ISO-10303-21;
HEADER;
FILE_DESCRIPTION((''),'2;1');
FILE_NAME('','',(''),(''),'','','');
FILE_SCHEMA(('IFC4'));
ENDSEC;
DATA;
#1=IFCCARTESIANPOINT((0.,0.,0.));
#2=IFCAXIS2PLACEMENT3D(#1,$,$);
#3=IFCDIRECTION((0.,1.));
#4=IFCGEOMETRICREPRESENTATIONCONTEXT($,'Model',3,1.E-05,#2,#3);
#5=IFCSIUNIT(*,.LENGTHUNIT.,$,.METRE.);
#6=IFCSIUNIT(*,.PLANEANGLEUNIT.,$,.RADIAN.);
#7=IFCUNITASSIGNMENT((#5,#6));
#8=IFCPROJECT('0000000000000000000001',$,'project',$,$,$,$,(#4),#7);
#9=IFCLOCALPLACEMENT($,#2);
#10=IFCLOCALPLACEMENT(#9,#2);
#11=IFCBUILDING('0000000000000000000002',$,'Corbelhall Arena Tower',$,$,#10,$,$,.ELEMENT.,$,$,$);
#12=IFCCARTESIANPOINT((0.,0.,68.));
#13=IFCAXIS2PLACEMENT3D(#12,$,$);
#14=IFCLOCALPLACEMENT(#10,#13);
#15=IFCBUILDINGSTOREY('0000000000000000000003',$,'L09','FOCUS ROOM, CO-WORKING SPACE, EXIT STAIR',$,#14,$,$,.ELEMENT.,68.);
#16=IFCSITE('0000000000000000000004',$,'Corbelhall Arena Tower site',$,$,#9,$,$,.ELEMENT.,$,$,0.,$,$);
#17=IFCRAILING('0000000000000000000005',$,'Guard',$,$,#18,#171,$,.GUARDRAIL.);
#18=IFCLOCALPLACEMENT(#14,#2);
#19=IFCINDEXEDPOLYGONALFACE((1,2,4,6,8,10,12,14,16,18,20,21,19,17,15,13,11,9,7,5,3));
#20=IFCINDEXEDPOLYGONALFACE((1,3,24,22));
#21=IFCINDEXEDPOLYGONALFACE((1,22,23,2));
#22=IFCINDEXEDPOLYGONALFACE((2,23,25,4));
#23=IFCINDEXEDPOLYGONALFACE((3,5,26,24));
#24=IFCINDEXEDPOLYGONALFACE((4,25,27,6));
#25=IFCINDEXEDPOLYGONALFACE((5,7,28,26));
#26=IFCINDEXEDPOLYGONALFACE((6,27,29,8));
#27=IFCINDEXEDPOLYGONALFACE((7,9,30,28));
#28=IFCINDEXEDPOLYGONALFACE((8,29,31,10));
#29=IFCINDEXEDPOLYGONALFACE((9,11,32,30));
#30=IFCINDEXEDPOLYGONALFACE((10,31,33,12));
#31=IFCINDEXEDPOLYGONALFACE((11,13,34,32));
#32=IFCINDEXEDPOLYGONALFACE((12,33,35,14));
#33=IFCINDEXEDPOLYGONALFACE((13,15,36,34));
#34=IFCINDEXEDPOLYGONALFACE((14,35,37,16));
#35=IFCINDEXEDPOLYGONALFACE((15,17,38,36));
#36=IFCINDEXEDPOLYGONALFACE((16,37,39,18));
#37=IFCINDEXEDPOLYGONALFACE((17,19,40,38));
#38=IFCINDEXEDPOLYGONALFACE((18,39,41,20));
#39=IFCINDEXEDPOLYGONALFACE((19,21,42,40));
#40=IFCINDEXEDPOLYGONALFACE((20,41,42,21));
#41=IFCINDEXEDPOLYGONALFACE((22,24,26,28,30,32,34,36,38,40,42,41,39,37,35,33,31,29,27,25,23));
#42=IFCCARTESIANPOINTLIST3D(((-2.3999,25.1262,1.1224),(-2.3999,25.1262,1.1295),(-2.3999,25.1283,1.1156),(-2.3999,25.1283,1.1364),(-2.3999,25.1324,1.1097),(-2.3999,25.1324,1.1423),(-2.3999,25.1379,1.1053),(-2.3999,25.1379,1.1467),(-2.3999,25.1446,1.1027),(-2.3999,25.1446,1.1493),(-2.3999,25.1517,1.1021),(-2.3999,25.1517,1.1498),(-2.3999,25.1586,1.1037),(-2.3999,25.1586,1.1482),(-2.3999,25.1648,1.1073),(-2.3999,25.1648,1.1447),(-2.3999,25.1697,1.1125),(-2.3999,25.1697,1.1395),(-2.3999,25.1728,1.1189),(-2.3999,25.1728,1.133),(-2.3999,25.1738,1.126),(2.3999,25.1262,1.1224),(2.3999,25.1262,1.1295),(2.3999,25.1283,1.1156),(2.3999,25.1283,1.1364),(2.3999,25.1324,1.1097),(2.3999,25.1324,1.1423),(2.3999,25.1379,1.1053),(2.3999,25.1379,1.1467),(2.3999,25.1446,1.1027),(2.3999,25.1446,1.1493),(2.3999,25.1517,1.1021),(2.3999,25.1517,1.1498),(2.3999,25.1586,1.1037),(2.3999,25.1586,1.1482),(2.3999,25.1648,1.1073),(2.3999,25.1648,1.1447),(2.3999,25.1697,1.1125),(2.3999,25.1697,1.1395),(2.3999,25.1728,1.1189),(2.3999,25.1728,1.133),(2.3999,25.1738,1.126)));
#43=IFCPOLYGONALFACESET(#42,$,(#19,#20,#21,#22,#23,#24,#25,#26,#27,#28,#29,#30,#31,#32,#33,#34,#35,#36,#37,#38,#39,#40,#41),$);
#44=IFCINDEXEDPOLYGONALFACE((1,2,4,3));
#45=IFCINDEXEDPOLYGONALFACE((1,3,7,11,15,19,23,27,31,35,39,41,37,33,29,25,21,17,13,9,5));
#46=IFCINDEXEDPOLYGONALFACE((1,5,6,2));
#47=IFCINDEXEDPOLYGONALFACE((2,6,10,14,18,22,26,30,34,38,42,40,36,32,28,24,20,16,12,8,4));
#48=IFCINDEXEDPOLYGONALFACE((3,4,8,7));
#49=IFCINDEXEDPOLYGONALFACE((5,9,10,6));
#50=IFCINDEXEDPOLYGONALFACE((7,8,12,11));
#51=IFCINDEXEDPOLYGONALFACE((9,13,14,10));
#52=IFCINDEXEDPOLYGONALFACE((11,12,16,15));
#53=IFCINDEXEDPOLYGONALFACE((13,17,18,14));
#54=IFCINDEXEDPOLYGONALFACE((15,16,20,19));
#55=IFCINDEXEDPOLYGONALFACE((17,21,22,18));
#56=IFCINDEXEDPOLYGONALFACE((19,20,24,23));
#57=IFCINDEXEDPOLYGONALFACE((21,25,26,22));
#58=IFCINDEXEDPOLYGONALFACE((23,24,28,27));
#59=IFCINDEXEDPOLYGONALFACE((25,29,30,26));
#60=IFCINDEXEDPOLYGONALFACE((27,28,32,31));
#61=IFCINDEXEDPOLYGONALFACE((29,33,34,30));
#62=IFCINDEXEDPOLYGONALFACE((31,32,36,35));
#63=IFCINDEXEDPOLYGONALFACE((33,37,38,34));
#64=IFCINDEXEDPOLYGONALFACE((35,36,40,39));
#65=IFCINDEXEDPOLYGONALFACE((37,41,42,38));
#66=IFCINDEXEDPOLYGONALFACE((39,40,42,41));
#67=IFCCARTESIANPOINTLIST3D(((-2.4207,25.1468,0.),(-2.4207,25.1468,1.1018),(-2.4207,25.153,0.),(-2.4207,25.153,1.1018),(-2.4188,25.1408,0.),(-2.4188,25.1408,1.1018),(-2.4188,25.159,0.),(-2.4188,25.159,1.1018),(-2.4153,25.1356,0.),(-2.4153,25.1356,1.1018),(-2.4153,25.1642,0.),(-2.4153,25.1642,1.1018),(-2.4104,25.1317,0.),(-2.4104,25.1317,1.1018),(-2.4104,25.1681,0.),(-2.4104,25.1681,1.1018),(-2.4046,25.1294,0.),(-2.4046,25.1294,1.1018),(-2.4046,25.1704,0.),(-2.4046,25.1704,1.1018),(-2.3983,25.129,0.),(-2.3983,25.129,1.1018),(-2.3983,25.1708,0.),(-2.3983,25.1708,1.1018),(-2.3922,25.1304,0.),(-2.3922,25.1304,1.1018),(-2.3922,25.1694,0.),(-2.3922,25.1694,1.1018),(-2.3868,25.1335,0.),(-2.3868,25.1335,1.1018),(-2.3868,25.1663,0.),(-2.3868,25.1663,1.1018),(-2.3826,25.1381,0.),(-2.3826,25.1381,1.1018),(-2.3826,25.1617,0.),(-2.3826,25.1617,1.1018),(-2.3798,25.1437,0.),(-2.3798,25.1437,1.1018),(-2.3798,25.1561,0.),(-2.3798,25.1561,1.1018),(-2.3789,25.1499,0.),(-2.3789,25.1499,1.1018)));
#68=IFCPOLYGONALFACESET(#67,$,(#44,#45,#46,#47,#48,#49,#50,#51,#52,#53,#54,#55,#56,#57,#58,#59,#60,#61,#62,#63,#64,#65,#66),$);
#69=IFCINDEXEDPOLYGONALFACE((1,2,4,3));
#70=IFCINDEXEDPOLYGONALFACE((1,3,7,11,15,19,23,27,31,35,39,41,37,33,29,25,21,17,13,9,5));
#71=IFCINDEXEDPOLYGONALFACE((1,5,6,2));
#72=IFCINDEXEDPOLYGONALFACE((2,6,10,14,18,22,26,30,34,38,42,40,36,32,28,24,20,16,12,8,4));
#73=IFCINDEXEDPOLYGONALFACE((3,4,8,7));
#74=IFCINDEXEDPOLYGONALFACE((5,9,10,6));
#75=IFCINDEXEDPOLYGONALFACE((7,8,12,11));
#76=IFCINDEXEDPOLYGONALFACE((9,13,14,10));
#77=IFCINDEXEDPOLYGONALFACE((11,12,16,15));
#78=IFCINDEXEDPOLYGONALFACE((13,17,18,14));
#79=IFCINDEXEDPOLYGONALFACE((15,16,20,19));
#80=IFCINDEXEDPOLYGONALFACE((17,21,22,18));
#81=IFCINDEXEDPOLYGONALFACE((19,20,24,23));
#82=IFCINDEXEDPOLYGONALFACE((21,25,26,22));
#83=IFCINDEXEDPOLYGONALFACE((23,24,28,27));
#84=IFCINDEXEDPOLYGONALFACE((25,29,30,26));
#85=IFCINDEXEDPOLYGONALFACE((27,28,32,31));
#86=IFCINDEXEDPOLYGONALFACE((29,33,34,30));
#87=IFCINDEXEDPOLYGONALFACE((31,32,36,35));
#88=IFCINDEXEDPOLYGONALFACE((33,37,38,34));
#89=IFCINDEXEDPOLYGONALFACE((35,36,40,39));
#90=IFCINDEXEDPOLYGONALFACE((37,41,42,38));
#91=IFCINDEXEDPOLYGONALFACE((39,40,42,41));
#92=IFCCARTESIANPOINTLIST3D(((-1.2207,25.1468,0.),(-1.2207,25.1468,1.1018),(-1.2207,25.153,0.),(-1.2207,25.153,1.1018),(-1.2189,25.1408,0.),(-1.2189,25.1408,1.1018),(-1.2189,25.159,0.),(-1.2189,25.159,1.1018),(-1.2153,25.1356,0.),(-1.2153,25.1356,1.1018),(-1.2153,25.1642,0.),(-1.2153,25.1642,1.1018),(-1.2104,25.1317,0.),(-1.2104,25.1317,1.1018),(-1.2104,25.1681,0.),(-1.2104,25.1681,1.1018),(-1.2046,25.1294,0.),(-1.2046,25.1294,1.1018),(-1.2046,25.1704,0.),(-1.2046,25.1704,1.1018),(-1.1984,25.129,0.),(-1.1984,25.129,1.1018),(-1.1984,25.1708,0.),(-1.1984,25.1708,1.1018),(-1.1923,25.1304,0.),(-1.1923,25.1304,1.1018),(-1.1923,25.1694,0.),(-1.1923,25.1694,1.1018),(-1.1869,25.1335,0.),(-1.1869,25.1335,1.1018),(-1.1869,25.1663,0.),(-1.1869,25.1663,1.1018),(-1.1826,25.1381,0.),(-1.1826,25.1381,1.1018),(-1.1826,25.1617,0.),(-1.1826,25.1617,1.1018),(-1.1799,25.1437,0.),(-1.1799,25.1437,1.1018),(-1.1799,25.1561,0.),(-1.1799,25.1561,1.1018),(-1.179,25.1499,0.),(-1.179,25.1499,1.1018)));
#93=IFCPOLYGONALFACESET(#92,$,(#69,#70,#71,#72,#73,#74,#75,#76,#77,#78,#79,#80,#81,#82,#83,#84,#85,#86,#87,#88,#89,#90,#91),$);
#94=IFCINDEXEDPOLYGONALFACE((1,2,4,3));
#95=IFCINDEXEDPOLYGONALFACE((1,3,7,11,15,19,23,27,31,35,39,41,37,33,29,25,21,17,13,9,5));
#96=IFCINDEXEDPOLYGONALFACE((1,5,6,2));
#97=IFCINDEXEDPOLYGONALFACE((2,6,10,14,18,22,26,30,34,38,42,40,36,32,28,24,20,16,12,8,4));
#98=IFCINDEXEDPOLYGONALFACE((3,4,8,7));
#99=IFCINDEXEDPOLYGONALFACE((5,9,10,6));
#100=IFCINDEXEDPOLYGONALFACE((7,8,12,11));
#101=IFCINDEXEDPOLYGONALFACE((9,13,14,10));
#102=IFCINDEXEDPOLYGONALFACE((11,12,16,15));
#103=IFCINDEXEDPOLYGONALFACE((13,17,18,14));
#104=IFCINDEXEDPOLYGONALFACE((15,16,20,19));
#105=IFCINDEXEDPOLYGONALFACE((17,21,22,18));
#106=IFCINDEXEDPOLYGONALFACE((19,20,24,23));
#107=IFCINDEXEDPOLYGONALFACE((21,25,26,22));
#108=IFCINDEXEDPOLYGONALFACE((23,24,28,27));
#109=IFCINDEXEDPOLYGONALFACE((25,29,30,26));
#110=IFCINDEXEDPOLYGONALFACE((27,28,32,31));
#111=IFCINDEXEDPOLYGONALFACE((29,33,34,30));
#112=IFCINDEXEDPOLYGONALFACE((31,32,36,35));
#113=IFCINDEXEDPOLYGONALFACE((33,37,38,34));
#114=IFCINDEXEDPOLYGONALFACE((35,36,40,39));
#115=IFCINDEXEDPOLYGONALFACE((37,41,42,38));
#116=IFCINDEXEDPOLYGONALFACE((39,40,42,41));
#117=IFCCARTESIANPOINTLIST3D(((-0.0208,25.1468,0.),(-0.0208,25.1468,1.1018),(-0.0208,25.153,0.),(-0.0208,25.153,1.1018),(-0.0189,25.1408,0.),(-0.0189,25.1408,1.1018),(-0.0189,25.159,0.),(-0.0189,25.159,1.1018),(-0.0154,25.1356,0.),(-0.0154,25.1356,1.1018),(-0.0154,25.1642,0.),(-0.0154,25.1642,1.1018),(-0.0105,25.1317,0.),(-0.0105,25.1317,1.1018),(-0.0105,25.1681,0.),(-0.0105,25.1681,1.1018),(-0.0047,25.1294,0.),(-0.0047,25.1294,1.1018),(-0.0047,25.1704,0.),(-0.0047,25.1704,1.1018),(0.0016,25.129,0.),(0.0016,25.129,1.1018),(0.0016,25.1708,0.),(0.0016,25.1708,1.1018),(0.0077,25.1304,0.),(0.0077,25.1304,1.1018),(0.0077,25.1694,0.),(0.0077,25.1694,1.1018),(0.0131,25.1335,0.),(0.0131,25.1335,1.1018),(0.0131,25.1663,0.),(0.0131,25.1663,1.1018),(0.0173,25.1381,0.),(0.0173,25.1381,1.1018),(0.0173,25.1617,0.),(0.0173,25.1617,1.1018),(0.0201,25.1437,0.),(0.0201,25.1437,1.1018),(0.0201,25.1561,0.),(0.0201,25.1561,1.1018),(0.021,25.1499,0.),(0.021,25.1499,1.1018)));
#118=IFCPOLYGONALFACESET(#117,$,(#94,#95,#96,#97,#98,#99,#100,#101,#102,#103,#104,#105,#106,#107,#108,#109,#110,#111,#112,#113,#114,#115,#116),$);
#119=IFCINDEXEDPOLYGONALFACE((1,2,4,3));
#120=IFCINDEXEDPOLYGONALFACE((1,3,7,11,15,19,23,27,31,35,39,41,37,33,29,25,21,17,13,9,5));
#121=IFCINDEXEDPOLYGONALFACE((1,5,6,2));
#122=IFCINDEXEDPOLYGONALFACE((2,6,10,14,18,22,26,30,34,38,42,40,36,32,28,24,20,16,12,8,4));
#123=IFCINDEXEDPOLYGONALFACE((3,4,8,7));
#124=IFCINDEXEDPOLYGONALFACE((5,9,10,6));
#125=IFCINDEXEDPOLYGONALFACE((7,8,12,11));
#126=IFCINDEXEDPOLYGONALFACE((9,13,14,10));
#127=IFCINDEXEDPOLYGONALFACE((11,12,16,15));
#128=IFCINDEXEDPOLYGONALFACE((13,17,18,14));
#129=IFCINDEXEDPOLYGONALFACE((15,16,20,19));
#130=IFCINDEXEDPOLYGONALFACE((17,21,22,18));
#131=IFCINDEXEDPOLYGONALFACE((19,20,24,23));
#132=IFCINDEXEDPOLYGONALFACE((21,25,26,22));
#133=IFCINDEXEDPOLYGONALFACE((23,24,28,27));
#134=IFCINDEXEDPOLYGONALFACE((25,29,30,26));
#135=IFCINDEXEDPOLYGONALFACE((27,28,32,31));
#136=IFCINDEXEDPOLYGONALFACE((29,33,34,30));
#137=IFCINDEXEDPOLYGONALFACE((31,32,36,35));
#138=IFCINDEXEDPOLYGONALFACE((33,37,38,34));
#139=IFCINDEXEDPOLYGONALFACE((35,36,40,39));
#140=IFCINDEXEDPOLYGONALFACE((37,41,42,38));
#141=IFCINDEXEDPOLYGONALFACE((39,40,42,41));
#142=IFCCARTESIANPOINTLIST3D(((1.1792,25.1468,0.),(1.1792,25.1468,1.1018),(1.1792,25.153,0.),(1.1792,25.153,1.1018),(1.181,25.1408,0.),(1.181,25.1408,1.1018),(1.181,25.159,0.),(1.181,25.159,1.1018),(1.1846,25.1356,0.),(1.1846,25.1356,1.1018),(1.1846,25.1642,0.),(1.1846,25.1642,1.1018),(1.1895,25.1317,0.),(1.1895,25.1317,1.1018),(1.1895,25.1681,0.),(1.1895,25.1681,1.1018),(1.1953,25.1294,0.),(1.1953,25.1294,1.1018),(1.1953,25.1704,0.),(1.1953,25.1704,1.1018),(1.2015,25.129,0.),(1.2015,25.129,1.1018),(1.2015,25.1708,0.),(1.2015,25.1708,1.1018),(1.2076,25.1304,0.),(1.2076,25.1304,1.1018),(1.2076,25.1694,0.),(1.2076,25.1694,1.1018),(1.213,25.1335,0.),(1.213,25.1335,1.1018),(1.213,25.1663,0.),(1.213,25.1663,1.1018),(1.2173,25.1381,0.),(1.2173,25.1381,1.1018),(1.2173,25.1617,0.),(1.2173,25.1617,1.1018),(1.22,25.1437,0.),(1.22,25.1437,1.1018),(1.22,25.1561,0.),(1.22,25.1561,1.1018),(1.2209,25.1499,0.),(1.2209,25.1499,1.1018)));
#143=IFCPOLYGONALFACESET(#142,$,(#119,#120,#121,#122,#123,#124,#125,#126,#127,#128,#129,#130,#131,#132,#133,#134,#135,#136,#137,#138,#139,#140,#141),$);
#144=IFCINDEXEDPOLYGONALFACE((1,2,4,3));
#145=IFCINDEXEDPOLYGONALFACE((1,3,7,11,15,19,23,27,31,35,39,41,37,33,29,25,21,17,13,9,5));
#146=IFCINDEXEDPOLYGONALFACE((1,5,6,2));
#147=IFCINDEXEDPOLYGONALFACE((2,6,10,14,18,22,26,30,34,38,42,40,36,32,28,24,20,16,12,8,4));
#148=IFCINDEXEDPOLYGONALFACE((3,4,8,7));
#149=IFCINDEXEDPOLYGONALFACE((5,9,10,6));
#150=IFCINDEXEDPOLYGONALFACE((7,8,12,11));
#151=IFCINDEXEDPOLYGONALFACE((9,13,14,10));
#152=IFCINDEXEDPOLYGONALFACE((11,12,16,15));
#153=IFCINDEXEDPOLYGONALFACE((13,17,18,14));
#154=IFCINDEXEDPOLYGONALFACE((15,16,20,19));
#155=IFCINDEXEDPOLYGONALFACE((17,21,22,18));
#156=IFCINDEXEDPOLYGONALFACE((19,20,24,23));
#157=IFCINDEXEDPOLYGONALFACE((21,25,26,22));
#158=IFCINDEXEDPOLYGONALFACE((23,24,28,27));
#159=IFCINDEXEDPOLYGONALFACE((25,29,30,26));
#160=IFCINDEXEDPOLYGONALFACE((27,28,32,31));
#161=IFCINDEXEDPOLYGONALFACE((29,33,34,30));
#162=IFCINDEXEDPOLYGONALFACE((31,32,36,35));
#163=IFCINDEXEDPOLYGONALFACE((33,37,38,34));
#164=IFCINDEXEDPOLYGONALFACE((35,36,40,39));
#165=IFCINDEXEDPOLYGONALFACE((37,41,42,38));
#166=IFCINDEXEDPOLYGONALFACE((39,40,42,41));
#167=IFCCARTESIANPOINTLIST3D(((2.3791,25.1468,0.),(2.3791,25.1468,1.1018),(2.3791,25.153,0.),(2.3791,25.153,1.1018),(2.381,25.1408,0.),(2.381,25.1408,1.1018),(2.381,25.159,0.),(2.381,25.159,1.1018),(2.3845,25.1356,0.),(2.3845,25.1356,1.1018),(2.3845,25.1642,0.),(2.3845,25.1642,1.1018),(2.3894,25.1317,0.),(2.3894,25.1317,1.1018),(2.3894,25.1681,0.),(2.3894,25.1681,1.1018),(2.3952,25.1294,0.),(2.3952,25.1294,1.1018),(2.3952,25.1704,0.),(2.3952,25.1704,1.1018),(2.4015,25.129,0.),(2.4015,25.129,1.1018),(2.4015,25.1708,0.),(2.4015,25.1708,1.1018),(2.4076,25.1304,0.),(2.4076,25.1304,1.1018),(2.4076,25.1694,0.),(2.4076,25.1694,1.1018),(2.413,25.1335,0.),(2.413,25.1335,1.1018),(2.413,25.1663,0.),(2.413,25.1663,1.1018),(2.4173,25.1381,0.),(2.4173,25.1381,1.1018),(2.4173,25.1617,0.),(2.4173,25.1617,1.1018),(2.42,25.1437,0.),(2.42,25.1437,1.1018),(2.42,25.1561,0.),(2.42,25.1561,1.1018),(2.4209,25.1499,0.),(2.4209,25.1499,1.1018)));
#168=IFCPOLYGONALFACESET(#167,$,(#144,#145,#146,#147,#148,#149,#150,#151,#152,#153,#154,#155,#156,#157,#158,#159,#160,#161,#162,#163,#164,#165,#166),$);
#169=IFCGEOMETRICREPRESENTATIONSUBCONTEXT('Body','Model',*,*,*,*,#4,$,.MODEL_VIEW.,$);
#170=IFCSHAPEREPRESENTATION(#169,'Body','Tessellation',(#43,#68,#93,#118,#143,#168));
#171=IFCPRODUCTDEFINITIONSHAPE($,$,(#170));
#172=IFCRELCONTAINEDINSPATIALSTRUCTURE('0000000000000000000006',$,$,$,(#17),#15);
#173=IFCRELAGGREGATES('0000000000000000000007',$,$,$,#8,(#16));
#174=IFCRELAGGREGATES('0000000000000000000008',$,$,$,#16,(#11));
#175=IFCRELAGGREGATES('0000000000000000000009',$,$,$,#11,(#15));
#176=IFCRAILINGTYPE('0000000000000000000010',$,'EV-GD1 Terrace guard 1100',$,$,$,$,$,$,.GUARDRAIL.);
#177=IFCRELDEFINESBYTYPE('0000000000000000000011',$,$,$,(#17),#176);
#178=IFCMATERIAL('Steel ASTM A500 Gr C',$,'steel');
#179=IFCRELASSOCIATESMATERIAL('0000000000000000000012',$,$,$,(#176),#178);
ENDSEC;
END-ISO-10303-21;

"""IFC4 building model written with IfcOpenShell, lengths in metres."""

from ifc_helpers import new_model, si_unit, direction, frame, origin, origin_2d, place, context, subcontext, project, spatial, circle, extrude, material, type_object, element, save


model = new_model("IFC4")

# Units and contexts
model_context = context("Model", 3, precision=1e-05, world=origin(), true_north=direction((0.0, 1.0)))
body_context = subcontext(model_context, "Body", "Model", "MODEL_VIEW")
ifc_project = project(units=[si_unit("LENGTHUNIT", "METRE"), si_unit("PLANEANGLEUNIT", "RADIAN")], contexts=[model_context])

# Site, building, storey
site_placement = place(None, origin())
site = spatial("IfcSite", under=ifc_project, at=site_placement, Name="Corbelhall Arena Tower site", CompositionType="ELEMENT", RefElevation=0.0)
building_placement = place(site_placement, origin())
building = spatial("IfcBuilding", under=site, at=building_placement, Name="Corbelhall Arena Tower", CompositionType="ELEMENT")
storey_placement = place(building_placement, frame((0.0, 0.0, 68.0)))
storey = spatial("IfcBuildingStorey", under=building, at=storey_placement, Name="L09", Description="FOCUS ROOM, CO-WORKING SPACE, EXIT STAIR", CompositionType="ELEMENT", Elevation=68.0)

# Railing
ifc_material_1 = material(Name="Steel ASTM A500 Gr C", Category="steel")
railing_type = type_object("IfcRailingType", Name="EV-GD1 Terrace guard 1100", PredefinedType="GUARDRAIL", material=ifc_material_1)
railing_placement = place(storey_placement, frame((-2.3999, 25.1499, 0.0)))
element("IfcRailing", 1, at=railing_placement, inside=storey, type_object=railing_type, Name="Guard", PredefinedType="GUARDRAIL", context=body_context, shape_type="SweptSolid", body=[
    extrude(circle(Radius=0.0239, at=origin_2d()), frame((0.0, 0.0, 1.126), z_axis=(1.0, 0.0, 0.0), x_axis=(0.0, 1.0, 0.0)), (0.0, 0.0, 1.0), 4.7998),
    extrude(circle(Radius=0.021, at=origin_2d()), origin(), (0.0, 0.0, 1.0), 1.1018),
    extrude(circle(Radius=0.021, at=origin_2d()), frame((1.2, 0.0, 0.0)), (0.0, 0.0, 1.0), 1.1018),
    extrude(circle(Radius=0.021, at=origin_2d()), frame((2.3999, 0.0, 0.0)), (0.0, 0.0, 1.0), 1.1018),
    extrude(circle(Radius=0.021, at=origin_2d()), frame((3.5999, 0.0, 0.0)), (0.0, 0.0, 1.0), 1.1018),
    extrude(circle(Radius=0.021, at=origin_2d()), frame((4.7998, 0.0, 0.0)), (0.0, 0.0, 1.0), 1.1018),
])

save(model, "model.ifc")
